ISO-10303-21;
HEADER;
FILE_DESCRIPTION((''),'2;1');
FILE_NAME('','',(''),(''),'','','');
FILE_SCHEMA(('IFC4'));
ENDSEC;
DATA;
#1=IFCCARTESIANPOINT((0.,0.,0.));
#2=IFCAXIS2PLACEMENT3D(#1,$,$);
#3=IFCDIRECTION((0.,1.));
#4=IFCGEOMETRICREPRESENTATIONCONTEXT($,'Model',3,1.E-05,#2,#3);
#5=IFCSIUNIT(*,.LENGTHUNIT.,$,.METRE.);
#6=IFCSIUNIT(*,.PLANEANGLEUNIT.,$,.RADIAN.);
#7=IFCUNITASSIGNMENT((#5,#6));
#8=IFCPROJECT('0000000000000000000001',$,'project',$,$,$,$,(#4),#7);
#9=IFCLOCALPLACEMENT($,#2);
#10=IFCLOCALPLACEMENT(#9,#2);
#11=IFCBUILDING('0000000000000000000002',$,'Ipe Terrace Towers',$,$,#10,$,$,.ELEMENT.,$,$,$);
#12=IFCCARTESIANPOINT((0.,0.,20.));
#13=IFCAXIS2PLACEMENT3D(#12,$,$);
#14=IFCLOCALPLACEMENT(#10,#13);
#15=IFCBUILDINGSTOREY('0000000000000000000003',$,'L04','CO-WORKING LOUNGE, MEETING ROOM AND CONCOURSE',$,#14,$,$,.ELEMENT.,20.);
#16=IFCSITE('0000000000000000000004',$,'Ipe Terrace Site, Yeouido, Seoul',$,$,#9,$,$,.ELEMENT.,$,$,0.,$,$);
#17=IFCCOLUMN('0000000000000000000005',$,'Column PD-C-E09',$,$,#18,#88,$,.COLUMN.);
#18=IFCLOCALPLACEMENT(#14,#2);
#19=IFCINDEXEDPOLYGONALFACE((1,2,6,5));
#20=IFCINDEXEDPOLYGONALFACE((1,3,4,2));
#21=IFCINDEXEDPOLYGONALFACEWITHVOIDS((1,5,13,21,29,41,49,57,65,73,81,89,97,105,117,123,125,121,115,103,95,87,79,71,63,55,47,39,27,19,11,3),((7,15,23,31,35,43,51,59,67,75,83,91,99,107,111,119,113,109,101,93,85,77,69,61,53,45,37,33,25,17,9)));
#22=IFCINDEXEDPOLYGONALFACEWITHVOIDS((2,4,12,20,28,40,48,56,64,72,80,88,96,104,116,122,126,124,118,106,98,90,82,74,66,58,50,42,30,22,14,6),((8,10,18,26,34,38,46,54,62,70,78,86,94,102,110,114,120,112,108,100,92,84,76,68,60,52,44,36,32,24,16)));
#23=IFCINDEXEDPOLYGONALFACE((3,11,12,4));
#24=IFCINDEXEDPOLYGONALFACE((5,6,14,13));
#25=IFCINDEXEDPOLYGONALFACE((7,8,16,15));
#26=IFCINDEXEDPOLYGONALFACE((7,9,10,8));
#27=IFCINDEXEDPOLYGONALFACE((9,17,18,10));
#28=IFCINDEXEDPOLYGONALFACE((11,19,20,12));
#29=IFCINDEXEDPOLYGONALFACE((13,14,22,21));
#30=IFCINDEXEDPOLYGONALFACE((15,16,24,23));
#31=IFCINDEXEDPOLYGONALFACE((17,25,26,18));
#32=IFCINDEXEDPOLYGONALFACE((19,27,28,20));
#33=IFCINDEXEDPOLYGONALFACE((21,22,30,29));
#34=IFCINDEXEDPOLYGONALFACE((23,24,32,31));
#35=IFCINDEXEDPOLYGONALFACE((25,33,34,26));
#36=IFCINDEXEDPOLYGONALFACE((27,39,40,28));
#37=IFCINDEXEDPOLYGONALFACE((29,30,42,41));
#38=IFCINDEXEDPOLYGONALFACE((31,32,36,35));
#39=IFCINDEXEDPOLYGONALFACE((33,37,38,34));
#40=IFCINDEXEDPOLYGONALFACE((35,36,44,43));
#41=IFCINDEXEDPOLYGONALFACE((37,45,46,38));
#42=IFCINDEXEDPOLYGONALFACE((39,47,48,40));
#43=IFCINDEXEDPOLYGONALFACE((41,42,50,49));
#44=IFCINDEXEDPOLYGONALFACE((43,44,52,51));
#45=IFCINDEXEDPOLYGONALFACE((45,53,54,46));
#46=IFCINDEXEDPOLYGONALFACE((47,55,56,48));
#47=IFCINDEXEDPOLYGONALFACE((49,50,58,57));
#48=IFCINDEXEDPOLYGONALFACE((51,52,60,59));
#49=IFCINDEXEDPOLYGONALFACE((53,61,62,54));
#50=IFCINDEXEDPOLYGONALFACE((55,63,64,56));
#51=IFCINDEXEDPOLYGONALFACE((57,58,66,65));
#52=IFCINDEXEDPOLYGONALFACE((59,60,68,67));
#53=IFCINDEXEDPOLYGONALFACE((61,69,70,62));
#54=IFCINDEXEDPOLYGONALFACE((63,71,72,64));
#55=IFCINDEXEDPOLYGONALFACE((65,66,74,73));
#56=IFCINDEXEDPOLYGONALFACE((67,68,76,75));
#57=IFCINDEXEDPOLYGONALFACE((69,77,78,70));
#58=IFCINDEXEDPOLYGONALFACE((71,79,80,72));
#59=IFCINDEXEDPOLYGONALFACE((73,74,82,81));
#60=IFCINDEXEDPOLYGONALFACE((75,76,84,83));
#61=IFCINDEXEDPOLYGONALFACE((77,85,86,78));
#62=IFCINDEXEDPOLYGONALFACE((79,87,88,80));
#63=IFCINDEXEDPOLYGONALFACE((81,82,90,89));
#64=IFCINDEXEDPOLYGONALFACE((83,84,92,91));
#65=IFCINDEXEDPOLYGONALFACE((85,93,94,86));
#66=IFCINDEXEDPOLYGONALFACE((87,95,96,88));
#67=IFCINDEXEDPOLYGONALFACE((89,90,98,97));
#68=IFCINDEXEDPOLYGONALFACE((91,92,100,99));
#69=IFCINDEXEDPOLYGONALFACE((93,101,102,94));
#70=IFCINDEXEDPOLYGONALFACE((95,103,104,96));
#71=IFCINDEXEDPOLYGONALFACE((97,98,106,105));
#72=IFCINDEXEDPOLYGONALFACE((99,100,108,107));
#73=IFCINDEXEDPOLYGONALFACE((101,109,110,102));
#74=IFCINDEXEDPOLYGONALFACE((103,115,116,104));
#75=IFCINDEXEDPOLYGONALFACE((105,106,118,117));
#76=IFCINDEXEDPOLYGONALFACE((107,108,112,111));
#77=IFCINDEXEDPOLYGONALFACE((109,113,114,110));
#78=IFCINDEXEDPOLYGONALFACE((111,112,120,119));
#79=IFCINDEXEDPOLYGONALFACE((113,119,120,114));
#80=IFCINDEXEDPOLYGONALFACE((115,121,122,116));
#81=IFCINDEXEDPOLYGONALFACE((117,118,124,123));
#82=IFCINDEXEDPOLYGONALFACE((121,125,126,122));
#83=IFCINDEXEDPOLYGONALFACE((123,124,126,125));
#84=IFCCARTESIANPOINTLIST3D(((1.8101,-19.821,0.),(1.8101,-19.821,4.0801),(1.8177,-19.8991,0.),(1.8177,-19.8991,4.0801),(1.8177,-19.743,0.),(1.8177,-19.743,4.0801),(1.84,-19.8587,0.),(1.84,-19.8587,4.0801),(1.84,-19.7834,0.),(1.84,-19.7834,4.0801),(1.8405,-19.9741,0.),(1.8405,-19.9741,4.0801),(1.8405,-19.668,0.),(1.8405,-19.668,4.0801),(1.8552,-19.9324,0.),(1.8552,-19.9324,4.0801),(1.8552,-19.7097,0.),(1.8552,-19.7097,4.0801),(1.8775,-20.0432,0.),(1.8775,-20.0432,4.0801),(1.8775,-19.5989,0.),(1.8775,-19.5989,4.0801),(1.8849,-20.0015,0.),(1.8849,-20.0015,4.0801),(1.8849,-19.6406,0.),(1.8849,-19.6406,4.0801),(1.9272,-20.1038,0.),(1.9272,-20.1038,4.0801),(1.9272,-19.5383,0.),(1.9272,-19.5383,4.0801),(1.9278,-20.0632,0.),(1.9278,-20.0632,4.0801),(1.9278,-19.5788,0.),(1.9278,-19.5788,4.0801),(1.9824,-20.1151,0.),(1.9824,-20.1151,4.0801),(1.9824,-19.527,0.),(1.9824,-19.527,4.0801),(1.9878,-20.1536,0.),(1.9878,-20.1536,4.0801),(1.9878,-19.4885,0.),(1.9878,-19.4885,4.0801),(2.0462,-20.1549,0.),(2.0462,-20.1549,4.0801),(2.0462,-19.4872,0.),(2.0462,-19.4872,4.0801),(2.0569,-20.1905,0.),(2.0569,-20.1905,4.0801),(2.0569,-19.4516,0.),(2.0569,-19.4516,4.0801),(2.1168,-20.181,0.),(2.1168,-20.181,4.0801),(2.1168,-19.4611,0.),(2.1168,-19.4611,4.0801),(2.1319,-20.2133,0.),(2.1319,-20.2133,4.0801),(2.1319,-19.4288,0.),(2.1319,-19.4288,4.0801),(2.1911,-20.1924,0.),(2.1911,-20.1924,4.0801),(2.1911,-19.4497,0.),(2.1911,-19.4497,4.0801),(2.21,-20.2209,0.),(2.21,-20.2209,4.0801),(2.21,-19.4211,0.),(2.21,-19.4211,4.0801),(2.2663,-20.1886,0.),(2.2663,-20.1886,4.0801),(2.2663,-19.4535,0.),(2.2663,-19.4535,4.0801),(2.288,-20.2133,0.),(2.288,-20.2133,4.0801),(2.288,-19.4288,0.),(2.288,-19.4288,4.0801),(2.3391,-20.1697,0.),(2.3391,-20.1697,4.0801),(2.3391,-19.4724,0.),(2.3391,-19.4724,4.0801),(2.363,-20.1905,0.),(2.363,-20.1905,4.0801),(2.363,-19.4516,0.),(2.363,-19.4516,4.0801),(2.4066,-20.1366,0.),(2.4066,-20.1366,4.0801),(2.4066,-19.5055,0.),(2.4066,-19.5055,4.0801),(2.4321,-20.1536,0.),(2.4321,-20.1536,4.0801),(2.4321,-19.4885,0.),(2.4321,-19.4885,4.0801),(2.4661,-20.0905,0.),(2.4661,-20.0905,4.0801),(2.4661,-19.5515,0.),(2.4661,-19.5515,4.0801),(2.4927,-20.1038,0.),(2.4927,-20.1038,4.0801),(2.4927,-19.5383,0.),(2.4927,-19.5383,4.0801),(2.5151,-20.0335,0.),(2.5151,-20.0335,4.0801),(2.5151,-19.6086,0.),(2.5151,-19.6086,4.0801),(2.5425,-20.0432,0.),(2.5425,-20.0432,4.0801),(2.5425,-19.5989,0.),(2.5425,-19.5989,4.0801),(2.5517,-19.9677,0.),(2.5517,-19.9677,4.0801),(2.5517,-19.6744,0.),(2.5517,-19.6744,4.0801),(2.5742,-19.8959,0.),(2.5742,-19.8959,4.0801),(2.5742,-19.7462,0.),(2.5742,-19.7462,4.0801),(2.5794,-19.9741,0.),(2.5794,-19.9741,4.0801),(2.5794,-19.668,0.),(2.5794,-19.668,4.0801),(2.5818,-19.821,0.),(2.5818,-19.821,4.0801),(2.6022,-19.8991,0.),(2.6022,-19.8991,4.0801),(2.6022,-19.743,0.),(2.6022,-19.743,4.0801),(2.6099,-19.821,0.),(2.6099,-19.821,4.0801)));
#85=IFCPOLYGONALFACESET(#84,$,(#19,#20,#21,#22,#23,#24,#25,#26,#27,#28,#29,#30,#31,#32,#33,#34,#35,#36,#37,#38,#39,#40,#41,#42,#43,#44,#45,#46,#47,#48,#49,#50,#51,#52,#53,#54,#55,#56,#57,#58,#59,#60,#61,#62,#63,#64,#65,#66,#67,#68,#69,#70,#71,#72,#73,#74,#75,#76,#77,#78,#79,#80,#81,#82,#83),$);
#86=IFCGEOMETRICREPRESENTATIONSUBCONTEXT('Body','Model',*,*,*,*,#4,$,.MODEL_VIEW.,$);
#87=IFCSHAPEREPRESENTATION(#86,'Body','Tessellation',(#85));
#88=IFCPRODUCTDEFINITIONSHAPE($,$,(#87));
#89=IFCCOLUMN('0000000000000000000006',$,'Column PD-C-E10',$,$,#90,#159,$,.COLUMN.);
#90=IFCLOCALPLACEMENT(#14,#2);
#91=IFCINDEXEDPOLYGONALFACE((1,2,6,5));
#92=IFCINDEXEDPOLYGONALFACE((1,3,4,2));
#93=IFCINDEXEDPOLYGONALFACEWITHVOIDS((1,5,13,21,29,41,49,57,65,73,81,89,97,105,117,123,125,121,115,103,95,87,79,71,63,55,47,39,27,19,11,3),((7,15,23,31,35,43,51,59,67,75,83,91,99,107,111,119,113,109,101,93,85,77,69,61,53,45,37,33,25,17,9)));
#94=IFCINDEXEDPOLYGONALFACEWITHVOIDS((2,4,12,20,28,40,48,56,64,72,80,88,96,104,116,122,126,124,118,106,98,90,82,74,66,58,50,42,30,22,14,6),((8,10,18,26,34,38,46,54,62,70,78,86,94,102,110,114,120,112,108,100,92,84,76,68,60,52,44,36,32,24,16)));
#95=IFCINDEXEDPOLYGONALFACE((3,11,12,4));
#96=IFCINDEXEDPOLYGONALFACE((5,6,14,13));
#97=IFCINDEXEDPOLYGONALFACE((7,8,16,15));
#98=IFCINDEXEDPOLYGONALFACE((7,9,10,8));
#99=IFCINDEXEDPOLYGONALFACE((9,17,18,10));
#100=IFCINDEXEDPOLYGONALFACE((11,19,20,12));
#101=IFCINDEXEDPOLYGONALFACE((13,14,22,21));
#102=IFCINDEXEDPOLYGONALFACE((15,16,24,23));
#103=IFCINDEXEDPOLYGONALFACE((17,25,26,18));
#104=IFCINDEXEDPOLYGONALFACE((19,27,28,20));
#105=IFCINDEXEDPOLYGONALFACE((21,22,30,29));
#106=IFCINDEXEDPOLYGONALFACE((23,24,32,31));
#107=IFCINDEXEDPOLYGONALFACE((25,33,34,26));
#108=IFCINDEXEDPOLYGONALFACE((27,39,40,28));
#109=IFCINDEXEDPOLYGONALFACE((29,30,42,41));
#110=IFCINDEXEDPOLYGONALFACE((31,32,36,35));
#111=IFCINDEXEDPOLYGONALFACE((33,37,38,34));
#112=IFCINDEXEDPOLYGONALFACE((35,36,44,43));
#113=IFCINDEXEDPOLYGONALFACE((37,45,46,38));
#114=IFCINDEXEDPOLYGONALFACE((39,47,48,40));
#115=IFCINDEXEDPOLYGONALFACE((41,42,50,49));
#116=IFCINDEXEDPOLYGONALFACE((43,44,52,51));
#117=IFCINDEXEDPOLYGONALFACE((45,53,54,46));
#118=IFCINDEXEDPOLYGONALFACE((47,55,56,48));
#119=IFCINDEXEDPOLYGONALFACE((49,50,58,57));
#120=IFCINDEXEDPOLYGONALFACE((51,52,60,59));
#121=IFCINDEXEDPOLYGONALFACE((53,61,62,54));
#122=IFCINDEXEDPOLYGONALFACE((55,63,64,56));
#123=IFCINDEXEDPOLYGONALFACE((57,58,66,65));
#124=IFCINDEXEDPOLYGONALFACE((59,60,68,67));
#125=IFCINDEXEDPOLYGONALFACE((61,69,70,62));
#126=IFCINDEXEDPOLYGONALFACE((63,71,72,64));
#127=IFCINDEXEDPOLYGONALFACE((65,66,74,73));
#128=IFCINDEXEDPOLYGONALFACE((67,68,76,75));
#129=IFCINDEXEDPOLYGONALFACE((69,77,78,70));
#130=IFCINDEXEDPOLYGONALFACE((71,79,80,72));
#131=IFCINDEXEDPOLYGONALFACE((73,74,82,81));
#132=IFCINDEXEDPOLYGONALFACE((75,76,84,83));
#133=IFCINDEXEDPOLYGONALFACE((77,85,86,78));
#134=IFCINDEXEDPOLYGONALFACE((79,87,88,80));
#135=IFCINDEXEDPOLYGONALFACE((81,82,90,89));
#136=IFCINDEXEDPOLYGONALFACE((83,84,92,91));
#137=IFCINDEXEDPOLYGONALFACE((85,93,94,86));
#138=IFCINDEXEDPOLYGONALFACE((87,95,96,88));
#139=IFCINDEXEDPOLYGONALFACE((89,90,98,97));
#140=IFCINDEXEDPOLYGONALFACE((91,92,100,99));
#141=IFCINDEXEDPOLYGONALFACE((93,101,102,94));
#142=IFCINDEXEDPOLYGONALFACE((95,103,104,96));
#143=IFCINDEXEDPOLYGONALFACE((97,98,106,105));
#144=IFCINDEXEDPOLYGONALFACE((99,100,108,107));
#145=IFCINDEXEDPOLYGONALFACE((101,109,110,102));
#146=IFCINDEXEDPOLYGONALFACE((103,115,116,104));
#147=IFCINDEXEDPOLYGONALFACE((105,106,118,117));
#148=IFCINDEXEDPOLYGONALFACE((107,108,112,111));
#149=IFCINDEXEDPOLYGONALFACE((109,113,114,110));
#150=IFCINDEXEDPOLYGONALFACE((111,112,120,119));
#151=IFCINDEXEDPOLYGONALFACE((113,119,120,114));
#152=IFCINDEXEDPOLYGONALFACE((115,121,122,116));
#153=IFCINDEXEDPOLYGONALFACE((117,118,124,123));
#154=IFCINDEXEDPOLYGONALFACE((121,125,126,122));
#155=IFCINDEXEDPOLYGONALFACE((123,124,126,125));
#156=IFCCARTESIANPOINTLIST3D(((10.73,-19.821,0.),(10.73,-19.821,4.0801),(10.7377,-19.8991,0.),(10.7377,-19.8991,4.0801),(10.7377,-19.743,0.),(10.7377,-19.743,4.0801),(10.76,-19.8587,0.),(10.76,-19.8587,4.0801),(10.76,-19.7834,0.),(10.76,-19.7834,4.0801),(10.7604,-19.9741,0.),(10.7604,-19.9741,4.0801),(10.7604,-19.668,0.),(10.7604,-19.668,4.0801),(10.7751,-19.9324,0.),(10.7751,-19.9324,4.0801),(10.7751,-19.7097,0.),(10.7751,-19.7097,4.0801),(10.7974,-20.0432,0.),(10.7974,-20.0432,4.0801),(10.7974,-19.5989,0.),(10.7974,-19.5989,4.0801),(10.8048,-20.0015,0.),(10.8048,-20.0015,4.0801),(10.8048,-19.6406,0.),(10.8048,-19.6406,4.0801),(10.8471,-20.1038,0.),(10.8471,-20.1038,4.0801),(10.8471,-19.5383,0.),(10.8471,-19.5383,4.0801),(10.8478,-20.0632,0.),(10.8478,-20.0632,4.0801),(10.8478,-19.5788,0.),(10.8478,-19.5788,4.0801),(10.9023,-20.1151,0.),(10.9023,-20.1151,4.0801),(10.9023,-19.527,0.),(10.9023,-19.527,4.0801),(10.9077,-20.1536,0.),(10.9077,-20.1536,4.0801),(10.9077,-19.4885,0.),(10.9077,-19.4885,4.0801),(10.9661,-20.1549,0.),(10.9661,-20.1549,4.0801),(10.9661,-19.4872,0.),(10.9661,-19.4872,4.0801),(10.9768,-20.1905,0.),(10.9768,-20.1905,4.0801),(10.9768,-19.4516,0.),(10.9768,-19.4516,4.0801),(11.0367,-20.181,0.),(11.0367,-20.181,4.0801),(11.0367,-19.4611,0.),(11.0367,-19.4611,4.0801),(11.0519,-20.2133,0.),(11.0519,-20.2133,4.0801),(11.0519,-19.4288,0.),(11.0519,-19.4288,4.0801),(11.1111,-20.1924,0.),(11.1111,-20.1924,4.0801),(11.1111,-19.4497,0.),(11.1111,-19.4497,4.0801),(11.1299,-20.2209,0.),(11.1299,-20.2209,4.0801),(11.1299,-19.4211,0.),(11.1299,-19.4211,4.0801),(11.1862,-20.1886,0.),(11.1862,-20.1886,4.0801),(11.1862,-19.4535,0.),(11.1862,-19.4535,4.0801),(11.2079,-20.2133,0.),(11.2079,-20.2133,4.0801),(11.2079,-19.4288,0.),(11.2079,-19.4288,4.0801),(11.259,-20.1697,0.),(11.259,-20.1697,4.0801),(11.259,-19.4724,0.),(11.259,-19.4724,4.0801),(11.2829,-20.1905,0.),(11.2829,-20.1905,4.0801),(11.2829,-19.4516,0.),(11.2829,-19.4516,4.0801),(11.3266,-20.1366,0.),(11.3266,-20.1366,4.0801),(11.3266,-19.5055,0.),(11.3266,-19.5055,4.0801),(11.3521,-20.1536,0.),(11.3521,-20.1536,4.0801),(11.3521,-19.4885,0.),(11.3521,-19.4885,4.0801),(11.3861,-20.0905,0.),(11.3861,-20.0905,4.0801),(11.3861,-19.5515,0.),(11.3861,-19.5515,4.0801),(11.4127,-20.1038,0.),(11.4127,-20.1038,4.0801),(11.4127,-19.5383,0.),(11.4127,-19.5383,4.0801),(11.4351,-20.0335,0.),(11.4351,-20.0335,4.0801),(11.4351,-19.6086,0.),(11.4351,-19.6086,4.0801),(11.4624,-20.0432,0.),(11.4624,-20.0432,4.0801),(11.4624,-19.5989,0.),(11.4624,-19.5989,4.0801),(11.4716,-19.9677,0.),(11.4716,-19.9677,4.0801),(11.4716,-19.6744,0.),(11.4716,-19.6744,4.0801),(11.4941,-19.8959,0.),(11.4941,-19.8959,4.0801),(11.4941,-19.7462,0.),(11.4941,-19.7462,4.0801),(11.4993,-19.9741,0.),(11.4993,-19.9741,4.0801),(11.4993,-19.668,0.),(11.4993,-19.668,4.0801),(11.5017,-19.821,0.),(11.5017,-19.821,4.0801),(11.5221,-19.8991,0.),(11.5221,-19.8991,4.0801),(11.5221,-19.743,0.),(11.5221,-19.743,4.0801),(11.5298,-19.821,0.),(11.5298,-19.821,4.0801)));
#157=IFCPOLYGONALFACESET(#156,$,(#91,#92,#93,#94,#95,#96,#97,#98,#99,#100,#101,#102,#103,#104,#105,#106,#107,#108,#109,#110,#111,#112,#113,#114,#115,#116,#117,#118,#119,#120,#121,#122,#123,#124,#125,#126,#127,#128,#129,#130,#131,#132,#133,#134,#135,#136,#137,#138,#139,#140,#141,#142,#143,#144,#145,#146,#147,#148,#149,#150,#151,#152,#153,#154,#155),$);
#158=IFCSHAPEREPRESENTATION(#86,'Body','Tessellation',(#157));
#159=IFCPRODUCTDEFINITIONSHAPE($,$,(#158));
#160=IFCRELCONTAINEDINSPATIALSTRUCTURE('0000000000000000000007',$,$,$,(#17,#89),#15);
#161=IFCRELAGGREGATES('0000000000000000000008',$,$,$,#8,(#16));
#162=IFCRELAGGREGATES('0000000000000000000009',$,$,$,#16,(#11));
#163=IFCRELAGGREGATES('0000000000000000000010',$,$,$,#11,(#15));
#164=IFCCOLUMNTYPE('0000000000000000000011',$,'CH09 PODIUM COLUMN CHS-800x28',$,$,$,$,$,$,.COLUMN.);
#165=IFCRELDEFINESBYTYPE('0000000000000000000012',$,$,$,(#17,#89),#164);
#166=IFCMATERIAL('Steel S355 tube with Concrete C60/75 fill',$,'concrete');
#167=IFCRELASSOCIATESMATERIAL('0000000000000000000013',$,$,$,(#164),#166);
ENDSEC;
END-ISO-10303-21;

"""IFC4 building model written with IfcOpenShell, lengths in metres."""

from ifc_helpers import new_model, si_unit, direction, frame, origin, origin_2d, place, context, subcontext, project, spatial, hollow_circle, extrude, material, material_profile, profile_set, type_object, element, save


model = new_model("IFC4")

# Units and contexts
model_context = context("Model", 3, precision=1e-05, world=origin(), true_north=direction((0.0, 1.0)))
body_context = subcontext(model_context, "Body", "Model", "MODEL_VIEW")
ifc_project = project(units=[si_unit("LENGTHUNIT", "METRE"), si_unit("PLANEANGLEUNIT", "RADIAN")], contexts=[model_context])

# Site, building, storey
site_placement = place(None, origin())
site = spatial("IfcSite", under=ifc_project, at=site_placement, Name="Ipe Terrace Site, Yeouido, Seoul", CompositionType="ELEMENT", RefElevation=0.0)
building_placement = place(site_placement, origin())
building = spatial("IfcBuilding", under=site, at=building_placement, Name="Ipe Terrace Towers", CompositionType="ELEMENT")
storey_placement = place(building_placement, frame((0.0, 0.0, 20.0)))
storey = spatial("IfcBuildingStorey", under=building, at=storey_placement, Name="L04", Description="CO-WORKING LOUNGE, MEETING ROOM AND CONCOURSE", CompositionType="ELEMENT", Elevation=20.0)

# Columns
ifc_material_1 = material(Name="Steel S355 tube with Concrete C60/75 fill", Category="concrete")
ifc_material_profile_1 = material_profile(ifc_material_1, hollow_circle(Radius=0.3999, WallThickness=0.0281, at=origin_2d()), Name="CHS-800x28")
ifc_profile_set_1 = profile_set([ifc_material_profile_1], Name="Steel S355 tube with Concrete C60/75 fill")
column_type = type_object("IfcColumnType", Name="CH09 PODIUM COLUMN CHS-800x28", PredefinedType="COLUMN", material=ifc_profile_set_1)
for number, where, z_axis, x_axis, name in (
    (1, (2.21, -19.821, 0.0), (0.0, 0.0, 1.0), (1.0, 0.0, 0.0), "Column PD-C-E09"),
    (2, (11.1299, -19.821, 0.0), (0.0, 0.0, 1.0), (1.0, 0.0, 0.0), "Column PD-C-E10"),
):
    element("IfcColumn", number, at=place(storey_placement, frame(where, z_axis=z_axis, x_axis=x_axis)), inside=storey, type_object=column_type, Name=name, PredefinedType="COLUMN", context=body_context, shape_type="SweptSolid", body=[
        extrude(hollow_circle(Radius=0.3999, WallThickness=0.0281, at=origin_2d()), origin(), (0.0, 0.0, 1.0), 4.0801),
    ])

save(model, "model.ifc")
